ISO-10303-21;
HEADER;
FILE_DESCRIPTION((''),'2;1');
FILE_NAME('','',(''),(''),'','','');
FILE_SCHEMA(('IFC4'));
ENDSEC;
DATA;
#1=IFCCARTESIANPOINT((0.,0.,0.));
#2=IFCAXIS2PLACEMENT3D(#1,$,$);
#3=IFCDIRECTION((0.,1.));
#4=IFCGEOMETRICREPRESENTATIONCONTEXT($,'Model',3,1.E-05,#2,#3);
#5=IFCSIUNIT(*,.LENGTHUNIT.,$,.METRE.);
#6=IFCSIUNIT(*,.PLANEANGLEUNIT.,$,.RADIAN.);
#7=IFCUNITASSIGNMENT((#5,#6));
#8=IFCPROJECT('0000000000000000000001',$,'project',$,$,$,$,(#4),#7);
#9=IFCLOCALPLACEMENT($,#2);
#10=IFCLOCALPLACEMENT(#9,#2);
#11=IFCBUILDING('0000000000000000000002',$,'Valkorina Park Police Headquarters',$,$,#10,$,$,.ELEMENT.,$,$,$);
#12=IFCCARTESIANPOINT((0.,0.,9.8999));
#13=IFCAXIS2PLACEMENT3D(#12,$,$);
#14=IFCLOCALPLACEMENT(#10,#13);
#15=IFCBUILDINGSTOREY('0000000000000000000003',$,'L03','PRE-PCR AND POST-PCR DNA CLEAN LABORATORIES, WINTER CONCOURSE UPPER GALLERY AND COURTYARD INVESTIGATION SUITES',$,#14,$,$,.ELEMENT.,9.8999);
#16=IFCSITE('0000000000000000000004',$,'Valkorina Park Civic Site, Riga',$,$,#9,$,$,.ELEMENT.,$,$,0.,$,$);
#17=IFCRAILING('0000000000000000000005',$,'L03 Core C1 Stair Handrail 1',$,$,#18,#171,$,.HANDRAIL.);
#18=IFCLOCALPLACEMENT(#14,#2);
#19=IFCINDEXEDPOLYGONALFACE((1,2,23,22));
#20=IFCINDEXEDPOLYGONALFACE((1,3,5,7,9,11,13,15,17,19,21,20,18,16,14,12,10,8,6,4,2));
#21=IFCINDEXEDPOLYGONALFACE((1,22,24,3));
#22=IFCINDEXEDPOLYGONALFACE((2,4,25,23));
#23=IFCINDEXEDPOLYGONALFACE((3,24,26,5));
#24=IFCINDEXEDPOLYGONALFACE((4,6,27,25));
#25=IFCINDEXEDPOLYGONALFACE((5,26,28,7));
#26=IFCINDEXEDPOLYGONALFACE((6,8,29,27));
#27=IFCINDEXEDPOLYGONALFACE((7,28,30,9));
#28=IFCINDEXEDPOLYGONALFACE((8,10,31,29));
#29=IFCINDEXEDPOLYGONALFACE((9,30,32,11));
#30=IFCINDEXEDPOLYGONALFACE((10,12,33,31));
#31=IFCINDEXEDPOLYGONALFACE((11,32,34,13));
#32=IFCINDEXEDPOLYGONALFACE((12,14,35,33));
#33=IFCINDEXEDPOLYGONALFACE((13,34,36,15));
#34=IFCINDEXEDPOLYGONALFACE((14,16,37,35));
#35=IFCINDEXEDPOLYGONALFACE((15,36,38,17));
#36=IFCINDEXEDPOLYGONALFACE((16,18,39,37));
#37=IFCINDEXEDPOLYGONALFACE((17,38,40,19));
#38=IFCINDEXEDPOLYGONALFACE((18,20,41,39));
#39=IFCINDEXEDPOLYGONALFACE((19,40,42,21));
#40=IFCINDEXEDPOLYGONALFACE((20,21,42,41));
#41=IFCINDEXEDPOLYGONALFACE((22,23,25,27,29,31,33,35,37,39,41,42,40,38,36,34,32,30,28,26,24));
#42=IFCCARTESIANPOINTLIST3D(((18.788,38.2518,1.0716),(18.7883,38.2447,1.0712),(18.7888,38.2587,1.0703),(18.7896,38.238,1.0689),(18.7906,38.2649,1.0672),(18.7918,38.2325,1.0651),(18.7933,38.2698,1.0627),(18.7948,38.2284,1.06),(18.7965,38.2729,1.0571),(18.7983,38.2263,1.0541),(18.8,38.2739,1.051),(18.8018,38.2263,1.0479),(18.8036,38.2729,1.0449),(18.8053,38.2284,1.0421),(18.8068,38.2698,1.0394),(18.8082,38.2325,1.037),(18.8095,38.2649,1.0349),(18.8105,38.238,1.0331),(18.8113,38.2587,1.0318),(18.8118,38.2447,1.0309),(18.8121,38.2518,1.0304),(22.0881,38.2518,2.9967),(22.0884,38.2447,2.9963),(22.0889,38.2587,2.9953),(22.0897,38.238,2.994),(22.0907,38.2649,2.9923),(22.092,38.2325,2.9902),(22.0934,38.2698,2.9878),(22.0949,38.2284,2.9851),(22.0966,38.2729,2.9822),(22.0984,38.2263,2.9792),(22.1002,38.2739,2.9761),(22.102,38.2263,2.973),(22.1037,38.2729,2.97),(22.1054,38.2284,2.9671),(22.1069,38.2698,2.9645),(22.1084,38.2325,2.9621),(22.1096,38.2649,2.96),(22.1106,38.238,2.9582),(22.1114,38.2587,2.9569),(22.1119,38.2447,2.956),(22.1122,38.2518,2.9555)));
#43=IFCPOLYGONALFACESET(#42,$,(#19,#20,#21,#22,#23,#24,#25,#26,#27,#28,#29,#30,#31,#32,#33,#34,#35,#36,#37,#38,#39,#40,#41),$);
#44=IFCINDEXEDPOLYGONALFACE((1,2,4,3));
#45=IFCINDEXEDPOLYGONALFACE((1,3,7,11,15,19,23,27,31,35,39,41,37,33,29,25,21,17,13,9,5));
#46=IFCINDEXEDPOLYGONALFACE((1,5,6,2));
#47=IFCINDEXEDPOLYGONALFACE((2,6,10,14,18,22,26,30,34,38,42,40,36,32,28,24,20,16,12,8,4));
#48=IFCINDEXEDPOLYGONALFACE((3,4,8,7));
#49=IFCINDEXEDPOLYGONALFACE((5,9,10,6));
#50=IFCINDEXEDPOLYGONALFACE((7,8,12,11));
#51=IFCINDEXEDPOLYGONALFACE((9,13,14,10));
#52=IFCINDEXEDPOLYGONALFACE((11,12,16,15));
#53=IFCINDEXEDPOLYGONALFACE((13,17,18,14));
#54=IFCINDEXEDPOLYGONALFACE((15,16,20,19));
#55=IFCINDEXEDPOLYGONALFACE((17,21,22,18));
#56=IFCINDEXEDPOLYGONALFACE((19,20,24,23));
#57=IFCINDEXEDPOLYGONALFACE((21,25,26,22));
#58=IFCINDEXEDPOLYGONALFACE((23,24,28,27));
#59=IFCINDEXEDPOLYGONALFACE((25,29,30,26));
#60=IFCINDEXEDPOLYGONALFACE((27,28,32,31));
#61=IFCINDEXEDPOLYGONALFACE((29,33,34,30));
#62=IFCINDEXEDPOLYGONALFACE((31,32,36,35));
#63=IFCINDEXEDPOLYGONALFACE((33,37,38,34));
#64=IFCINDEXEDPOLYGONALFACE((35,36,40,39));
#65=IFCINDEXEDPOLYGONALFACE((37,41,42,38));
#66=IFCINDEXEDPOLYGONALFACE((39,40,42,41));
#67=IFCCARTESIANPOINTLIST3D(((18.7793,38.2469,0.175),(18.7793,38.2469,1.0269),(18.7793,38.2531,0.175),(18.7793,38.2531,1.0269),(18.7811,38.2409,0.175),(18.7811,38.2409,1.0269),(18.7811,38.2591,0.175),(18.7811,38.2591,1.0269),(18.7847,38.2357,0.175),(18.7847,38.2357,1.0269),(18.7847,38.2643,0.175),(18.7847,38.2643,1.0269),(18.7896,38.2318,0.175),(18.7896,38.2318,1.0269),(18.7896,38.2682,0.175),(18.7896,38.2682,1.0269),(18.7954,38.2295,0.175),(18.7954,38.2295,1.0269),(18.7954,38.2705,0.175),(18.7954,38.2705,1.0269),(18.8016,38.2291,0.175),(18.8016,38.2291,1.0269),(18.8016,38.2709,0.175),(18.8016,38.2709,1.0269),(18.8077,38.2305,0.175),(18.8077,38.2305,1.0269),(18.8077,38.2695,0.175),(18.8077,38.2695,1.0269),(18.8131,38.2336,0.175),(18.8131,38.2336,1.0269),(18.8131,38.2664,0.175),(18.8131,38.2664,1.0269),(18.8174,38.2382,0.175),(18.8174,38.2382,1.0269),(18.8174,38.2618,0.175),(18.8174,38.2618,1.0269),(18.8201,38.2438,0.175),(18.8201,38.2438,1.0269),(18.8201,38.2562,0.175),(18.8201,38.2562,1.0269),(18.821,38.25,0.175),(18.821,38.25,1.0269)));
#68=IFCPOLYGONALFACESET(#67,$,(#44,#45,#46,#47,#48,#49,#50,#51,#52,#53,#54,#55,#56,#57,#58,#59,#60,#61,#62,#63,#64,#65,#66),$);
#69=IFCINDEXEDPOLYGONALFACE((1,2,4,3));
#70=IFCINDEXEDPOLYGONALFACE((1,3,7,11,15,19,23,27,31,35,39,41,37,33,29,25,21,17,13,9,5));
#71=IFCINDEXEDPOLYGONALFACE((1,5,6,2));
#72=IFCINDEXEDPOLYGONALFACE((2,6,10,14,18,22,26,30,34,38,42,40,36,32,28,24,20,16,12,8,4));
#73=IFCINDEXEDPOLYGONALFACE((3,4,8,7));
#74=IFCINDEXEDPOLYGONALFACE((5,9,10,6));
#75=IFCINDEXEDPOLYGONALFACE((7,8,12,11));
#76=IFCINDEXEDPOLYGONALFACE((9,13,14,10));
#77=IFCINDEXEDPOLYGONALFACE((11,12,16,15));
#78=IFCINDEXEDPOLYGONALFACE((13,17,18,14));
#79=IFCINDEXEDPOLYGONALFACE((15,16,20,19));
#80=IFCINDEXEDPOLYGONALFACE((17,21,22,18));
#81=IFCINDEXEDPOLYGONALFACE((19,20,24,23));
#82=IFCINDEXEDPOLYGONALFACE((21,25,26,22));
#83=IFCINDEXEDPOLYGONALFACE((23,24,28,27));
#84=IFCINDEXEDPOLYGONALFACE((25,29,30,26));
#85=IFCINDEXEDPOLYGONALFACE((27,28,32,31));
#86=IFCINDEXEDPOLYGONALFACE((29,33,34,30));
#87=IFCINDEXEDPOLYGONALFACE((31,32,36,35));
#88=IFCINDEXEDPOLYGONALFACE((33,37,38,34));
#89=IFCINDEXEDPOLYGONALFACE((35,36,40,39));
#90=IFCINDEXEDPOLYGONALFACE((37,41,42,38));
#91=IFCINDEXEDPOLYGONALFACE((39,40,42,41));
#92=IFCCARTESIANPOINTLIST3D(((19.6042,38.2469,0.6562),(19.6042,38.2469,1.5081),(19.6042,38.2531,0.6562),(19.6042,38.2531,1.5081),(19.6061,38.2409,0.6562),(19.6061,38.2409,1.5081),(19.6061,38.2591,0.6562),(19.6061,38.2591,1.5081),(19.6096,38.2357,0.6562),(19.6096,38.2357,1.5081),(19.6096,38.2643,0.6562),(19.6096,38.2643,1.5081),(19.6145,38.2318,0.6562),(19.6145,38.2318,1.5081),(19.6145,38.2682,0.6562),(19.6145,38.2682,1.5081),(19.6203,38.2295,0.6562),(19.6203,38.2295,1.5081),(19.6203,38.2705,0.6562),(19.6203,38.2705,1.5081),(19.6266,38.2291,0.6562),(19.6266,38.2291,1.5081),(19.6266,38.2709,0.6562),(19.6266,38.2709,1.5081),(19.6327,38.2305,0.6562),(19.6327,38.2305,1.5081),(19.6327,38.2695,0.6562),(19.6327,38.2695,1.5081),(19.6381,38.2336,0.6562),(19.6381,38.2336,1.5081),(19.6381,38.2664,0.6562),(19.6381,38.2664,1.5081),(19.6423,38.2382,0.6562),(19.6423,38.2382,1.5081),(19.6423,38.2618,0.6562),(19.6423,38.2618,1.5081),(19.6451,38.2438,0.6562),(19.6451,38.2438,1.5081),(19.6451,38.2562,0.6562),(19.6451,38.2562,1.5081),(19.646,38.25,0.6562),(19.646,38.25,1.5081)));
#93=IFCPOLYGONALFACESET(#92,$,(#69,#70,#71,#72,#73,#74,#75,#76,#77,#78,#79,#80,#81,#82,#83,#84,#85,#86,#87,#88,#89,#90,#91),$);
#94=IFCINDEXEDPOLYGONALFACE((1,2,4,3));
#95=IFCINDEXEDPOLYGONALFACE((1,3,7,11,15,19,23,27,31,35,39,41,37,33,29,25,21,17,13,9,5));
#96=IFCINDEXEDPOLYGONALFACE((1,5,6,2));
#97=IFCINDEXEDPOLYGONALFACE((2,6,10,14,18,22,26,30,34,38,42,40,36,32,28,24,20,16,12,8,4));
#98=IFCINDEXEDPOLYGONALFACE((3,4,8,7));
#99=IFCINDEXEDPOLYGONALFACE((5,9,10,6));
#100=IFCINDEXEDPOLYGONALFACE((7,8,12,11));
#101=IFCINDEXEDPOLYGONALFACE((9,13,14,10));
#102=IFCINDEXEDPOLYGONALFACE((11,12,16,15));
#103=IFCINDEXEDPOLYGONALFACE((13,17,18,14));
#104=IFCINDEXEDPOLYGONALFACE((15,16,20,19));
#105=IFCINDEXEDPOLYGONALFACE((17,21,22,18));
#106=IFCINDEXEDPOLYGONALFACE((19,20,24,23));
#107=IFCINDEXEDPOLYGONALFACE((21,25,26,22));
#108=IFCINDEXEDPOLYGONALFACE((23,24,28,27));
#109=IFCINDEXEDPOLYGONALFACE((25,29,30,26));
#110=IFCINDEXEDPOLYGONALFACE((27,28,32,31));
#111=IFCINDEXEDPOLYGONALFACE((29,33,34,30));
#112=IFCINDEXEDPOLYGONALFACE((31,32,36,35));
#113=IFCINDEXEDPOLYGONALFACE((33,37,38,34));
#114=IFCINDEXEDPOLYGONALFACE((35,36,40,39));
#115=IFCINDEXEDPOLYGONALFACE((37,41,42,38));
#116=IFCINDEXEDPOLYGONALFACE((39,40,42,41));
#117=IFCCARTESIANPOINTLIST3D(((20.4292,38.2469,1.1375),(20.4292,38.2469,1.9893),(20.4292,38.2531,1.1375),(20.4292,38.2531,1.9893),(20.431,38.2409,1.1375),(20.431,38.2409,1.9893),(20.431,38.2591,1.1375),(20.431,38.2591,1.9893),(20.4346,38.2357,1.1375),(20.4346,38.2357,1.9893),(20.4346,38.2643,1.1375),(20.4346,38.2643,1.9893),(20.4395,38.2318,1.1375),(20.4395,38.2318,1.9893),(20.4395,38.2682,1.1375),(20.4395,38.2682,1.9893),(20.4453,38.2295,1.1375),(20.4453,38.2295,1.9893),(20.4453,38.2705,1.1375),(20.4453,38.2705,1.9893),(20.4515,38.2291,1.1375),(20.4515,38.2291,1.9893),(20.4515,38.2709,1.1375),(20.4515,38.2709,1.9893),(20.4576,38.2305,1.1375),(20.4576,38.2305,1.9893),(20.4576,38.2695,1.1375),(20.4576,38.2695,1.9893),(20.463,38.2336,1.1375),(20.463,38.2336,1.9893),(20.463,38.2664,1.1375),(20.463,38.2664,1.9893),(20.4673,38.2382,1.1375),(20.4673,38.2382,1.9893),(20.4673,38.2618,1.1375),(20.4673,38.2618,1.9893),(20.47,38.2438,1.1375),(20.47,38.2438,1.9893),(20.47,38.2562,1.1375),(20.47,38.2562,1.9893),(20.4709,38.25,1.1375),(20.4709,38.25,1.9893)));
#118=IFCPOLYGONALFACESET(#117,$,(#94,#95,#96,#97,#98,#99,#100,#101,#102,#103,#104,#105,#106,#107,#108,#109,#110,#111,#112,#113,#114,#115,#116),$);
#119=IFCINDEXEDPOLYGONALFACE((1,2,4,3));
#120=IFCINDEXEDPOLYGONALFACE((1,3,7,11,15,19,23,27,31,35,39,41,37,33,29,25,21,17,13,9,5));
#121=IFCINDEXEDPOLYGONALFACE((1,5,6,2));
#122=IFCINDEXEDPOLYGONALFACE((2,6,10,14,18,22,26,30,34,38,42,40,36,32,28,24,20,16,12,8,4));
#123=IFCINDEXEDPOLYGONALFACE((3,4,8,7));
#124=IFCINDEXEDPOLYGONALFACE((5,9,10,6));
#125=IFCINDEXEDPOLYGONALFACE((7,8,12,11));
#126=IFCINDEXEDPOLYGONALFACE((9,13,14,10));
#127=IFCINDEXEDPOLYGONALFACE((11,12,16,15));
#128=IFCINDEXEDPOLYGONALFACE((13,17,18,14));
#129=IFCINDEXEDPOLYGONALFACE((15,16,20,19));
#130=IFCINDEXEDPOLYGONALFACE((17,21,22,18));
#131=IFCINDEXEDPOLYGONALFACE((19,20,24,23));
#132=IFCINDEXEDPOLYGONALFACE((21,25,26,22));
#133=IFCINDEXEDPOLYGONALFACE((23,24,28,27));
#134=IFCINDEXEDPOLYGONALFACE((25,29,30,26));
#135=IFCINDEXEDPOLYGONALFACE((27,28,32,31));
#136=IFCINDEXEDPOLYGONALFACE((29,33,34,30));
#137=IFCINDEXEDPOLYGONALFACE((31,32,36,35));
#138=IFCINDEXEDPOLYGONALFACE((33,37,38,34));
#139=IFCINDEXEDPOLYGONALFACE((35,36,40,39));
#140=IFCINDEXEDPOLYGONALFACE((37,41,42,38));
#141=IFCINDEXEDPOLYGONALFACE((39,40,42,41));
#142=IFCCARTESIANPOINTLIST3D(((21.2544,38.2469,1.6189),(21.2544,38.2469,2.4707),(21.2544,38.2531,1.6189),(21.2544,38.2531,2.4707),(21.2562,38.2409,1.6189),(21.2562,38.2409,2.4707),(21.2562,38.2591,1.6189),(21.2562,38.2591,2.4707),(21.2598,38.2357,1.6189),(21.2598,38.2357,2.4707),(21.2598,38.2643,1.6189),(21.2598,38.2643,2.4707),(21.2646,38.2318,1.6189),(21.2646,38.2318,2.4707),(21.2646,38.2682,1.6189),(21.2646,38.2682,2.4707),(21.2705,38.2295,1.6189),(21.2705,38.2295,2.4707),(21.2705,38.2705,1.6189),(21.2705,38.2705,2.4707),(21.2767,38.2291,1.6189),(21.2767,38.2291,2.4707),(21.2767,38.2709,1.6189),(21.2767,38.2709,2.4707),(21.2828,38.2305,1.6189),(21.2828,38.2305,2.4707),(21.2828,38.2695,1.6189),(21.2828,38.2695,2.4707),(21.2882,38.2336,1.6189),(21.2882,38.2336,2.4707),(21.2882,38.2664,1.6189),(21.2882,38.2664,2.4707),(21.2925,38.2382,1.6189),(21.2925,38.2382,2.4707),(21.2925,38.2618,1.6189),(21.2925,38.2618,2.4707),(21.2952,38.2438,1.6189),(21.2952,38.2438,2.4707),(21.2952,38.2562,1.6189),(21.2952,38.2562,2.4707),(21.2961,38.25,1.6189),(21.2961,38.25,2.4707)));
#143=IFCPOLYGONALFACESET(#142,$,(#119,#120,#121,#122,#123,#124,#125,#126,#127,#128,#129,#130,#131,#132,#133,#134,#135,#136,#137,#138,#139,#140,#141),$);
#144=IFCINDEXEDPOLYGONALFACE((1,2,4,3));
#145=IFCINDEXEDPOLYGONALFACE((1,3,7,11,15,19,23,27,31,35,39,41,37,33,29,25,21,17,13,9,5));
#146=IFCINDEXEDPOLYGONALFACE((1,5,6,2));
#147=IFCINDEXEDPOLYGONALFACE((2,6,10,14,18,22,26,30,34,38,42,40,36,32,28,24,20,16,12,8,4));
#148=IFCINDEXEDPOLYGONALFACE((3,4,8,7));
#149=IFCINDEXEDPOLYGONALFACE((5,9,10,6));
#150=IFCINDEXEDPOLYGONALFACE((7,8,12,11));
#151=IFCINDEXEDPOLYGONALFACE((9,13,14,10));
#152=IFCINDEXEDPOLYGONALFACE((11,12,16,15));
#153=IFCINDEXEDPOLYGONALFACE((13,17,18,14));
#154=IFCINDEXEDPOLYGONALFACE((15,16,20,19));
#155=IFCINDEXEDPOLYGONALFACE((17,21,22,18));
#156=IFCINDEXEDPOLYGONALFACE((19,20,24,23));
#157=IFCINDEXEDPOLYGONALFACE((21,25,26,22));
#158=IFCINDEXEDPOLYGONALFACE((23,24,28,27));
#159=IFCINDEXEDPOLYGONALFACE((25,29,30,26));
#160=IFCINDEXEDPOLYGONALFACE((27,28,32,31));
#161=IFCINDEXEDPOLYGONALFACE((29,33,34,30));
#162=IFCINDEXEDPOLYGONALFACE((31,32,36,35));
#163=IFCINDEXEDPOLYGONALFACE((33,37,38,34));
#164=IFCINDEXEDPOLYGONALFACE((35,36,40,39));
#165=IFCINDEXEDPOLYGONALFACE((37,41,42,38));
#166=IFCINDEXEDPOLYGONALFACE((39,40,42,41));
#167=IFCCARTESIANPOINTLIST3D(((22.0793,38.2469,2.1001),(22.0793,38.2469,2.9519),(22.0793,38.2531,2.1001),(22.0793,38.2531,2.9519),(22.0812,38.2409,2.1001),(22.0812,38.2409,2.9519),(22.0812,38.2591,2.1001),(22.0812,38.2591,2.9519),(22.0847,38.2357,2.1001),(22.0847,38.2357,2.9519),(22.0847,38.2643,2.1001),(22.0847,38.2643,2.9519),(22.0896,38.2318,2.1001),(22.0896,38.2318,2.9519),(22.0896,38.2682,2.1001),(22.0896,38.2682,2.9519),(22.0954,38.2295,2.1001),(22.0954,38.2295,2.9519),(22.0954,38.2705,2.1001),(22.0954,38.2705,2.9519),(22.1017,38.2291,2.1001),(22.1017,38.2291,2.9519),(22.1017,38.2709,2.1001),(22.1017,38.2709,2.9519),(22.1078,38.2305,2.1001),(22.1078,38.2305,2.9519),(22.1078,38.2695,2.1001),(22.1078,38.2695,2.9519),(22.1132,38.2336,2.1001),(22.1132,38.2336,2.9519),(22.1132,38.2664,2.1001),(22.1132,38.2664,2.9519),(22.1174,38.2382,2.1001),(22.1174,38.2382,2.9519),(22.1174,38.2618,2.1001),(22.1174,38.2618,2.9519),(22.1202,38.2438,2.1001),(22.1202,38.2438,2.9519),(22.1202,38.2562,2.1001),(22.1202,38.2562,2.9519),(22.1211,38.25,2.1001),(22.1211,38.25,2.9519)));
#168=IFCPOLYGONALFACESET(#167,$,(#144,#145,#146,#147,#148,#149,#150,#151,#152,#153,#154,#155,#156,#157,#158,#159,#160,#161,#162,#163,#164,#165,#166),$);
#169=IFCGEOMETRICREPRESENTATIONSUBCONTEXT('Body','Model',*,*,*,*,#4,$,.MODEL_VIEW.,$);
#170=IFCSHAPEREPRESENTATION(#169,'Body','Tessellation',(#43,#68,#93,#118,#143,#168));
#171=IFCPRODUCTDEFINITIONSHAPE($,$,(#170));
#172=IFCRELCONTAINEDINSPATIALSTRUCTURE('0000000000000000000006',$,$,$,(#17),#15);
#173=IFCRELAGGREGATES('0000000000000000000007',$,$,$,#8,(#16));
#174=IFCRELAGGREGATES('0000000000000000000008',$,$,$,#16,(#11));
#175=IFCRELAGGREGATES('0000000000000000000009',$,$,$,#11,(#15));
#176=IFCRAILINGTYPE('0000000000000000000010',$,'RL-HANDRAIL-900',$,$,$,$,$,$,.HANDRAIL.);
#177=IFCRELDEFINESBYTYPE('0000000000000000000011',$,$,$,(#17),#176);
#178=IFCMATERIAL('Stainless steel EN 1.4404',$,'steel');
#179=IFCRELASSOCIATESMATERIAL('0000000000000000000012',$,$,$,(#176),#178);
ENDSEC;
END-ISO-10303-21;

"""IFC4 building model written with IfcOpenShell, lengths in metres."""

from ifc_helpers import new_model, si_unit, direction, frame, origin, origin_2d, place, context, subcontext, project, spatial, circle, extrude, material, type_object, element, save


model = new_model("IFC4")

# Units and contexts
model_context = context("Model", 3, precision=1e-05, world=origin(), true_north=direction((0.0, 1.0)))
body_context = subcontext(model_context, "Body", "Model", "MODEL_VIEW")
ifc_project = project(units=[si_unit("LENGTHUNIT", "METRE"), si_unit("PLANEANGLEUNIT", "RADIAN")], contexts=[model_context])

# Site, building, storey
site_placement = place(None, origin())
site = spatial("IfcSite", under=ifc_project, at=site_placement, Name="Valkorina Park Civic Site, Riga", CompositionType="ELEMENT", RefElevation=0.0)
building_placement = place(site_placement, origin())
building = spatial("IfcBuilding", under=site, at=building_placement, Name="Valkorina Park Police Headquarters", CompositionType="ELEMENT")
storey_placement = place(building_placement, frame((0.0, 0.0, 9.8999)))
storey = spatial("IfcBuildingStorey", under=building, at=storey_placement, Name="L03", Description="PRE-PCR AND POST-PCR DNA CLEAN LABORATORIES, WINTER CONCOURSE UPPER GALLERY AND COURTYARD INVESTIGATION SUITES", CompositionType="ELEMENT", Elevation=9.8999)

# Railing
ifc_material_1 = material(Name="Stainless steel EN 1.4404", Category="steel")
railing_type_1 = type_object("IfcRailingType", Name="RL-HANDRAIL-900", PredefinedType="HANDRAIL", material=ifc_material_1)
railing_1_placement = place(storey_placement, frame((18.8, 38.25, 0.175)))
element("IfcRailing", 1, at=railing_1_placement, inside=storey, type_object=railing_type_1, Name="L03 Core C1 Stair Handrail 1", PredefinedType="HANDRAIL", context=body_context, shape_type="SweptSolid", body=[
    extrude(circle(Radius=0.0239, at=origin_2d()), frame((0.0, 0.0, 0.876), z_axis=(0.863777, 0.0, 0.503875), x_axis=(0.0, 1.0, 0.0)), (0.0, 0.0, 1.0), 3.8206),
    extrude(circle(Radius=0.021, at=origin_2d()), origin(), (0.0, 0.0, 1.0), 0.8518),
    extrude(circle(Radius=0.021, at=origin_2d()), frame((0.825, 0.0, 0.4812)), (0.0, 0.0, 1.0), 0.8518),
    extrude(circle(Radius=0.021, at=origin_2d()), frame((1.6499, 0.0, 0.9624)), (0.0, 0.0, 1.0), 0.8518),
    extrude(circle(Radius=0.021, at=origin_2d()), frame((2.4751, 0.0, 1.4438)), (0.0, 0.0, 1.0), 0.8518),
    extrude(circle(Radius=0.021, at=origin_2d()), frame((3.3, 0.0, 1.925)), (0.0, 0.0, 1.0), 0.8518),
])

save(model, "model.ifc")
